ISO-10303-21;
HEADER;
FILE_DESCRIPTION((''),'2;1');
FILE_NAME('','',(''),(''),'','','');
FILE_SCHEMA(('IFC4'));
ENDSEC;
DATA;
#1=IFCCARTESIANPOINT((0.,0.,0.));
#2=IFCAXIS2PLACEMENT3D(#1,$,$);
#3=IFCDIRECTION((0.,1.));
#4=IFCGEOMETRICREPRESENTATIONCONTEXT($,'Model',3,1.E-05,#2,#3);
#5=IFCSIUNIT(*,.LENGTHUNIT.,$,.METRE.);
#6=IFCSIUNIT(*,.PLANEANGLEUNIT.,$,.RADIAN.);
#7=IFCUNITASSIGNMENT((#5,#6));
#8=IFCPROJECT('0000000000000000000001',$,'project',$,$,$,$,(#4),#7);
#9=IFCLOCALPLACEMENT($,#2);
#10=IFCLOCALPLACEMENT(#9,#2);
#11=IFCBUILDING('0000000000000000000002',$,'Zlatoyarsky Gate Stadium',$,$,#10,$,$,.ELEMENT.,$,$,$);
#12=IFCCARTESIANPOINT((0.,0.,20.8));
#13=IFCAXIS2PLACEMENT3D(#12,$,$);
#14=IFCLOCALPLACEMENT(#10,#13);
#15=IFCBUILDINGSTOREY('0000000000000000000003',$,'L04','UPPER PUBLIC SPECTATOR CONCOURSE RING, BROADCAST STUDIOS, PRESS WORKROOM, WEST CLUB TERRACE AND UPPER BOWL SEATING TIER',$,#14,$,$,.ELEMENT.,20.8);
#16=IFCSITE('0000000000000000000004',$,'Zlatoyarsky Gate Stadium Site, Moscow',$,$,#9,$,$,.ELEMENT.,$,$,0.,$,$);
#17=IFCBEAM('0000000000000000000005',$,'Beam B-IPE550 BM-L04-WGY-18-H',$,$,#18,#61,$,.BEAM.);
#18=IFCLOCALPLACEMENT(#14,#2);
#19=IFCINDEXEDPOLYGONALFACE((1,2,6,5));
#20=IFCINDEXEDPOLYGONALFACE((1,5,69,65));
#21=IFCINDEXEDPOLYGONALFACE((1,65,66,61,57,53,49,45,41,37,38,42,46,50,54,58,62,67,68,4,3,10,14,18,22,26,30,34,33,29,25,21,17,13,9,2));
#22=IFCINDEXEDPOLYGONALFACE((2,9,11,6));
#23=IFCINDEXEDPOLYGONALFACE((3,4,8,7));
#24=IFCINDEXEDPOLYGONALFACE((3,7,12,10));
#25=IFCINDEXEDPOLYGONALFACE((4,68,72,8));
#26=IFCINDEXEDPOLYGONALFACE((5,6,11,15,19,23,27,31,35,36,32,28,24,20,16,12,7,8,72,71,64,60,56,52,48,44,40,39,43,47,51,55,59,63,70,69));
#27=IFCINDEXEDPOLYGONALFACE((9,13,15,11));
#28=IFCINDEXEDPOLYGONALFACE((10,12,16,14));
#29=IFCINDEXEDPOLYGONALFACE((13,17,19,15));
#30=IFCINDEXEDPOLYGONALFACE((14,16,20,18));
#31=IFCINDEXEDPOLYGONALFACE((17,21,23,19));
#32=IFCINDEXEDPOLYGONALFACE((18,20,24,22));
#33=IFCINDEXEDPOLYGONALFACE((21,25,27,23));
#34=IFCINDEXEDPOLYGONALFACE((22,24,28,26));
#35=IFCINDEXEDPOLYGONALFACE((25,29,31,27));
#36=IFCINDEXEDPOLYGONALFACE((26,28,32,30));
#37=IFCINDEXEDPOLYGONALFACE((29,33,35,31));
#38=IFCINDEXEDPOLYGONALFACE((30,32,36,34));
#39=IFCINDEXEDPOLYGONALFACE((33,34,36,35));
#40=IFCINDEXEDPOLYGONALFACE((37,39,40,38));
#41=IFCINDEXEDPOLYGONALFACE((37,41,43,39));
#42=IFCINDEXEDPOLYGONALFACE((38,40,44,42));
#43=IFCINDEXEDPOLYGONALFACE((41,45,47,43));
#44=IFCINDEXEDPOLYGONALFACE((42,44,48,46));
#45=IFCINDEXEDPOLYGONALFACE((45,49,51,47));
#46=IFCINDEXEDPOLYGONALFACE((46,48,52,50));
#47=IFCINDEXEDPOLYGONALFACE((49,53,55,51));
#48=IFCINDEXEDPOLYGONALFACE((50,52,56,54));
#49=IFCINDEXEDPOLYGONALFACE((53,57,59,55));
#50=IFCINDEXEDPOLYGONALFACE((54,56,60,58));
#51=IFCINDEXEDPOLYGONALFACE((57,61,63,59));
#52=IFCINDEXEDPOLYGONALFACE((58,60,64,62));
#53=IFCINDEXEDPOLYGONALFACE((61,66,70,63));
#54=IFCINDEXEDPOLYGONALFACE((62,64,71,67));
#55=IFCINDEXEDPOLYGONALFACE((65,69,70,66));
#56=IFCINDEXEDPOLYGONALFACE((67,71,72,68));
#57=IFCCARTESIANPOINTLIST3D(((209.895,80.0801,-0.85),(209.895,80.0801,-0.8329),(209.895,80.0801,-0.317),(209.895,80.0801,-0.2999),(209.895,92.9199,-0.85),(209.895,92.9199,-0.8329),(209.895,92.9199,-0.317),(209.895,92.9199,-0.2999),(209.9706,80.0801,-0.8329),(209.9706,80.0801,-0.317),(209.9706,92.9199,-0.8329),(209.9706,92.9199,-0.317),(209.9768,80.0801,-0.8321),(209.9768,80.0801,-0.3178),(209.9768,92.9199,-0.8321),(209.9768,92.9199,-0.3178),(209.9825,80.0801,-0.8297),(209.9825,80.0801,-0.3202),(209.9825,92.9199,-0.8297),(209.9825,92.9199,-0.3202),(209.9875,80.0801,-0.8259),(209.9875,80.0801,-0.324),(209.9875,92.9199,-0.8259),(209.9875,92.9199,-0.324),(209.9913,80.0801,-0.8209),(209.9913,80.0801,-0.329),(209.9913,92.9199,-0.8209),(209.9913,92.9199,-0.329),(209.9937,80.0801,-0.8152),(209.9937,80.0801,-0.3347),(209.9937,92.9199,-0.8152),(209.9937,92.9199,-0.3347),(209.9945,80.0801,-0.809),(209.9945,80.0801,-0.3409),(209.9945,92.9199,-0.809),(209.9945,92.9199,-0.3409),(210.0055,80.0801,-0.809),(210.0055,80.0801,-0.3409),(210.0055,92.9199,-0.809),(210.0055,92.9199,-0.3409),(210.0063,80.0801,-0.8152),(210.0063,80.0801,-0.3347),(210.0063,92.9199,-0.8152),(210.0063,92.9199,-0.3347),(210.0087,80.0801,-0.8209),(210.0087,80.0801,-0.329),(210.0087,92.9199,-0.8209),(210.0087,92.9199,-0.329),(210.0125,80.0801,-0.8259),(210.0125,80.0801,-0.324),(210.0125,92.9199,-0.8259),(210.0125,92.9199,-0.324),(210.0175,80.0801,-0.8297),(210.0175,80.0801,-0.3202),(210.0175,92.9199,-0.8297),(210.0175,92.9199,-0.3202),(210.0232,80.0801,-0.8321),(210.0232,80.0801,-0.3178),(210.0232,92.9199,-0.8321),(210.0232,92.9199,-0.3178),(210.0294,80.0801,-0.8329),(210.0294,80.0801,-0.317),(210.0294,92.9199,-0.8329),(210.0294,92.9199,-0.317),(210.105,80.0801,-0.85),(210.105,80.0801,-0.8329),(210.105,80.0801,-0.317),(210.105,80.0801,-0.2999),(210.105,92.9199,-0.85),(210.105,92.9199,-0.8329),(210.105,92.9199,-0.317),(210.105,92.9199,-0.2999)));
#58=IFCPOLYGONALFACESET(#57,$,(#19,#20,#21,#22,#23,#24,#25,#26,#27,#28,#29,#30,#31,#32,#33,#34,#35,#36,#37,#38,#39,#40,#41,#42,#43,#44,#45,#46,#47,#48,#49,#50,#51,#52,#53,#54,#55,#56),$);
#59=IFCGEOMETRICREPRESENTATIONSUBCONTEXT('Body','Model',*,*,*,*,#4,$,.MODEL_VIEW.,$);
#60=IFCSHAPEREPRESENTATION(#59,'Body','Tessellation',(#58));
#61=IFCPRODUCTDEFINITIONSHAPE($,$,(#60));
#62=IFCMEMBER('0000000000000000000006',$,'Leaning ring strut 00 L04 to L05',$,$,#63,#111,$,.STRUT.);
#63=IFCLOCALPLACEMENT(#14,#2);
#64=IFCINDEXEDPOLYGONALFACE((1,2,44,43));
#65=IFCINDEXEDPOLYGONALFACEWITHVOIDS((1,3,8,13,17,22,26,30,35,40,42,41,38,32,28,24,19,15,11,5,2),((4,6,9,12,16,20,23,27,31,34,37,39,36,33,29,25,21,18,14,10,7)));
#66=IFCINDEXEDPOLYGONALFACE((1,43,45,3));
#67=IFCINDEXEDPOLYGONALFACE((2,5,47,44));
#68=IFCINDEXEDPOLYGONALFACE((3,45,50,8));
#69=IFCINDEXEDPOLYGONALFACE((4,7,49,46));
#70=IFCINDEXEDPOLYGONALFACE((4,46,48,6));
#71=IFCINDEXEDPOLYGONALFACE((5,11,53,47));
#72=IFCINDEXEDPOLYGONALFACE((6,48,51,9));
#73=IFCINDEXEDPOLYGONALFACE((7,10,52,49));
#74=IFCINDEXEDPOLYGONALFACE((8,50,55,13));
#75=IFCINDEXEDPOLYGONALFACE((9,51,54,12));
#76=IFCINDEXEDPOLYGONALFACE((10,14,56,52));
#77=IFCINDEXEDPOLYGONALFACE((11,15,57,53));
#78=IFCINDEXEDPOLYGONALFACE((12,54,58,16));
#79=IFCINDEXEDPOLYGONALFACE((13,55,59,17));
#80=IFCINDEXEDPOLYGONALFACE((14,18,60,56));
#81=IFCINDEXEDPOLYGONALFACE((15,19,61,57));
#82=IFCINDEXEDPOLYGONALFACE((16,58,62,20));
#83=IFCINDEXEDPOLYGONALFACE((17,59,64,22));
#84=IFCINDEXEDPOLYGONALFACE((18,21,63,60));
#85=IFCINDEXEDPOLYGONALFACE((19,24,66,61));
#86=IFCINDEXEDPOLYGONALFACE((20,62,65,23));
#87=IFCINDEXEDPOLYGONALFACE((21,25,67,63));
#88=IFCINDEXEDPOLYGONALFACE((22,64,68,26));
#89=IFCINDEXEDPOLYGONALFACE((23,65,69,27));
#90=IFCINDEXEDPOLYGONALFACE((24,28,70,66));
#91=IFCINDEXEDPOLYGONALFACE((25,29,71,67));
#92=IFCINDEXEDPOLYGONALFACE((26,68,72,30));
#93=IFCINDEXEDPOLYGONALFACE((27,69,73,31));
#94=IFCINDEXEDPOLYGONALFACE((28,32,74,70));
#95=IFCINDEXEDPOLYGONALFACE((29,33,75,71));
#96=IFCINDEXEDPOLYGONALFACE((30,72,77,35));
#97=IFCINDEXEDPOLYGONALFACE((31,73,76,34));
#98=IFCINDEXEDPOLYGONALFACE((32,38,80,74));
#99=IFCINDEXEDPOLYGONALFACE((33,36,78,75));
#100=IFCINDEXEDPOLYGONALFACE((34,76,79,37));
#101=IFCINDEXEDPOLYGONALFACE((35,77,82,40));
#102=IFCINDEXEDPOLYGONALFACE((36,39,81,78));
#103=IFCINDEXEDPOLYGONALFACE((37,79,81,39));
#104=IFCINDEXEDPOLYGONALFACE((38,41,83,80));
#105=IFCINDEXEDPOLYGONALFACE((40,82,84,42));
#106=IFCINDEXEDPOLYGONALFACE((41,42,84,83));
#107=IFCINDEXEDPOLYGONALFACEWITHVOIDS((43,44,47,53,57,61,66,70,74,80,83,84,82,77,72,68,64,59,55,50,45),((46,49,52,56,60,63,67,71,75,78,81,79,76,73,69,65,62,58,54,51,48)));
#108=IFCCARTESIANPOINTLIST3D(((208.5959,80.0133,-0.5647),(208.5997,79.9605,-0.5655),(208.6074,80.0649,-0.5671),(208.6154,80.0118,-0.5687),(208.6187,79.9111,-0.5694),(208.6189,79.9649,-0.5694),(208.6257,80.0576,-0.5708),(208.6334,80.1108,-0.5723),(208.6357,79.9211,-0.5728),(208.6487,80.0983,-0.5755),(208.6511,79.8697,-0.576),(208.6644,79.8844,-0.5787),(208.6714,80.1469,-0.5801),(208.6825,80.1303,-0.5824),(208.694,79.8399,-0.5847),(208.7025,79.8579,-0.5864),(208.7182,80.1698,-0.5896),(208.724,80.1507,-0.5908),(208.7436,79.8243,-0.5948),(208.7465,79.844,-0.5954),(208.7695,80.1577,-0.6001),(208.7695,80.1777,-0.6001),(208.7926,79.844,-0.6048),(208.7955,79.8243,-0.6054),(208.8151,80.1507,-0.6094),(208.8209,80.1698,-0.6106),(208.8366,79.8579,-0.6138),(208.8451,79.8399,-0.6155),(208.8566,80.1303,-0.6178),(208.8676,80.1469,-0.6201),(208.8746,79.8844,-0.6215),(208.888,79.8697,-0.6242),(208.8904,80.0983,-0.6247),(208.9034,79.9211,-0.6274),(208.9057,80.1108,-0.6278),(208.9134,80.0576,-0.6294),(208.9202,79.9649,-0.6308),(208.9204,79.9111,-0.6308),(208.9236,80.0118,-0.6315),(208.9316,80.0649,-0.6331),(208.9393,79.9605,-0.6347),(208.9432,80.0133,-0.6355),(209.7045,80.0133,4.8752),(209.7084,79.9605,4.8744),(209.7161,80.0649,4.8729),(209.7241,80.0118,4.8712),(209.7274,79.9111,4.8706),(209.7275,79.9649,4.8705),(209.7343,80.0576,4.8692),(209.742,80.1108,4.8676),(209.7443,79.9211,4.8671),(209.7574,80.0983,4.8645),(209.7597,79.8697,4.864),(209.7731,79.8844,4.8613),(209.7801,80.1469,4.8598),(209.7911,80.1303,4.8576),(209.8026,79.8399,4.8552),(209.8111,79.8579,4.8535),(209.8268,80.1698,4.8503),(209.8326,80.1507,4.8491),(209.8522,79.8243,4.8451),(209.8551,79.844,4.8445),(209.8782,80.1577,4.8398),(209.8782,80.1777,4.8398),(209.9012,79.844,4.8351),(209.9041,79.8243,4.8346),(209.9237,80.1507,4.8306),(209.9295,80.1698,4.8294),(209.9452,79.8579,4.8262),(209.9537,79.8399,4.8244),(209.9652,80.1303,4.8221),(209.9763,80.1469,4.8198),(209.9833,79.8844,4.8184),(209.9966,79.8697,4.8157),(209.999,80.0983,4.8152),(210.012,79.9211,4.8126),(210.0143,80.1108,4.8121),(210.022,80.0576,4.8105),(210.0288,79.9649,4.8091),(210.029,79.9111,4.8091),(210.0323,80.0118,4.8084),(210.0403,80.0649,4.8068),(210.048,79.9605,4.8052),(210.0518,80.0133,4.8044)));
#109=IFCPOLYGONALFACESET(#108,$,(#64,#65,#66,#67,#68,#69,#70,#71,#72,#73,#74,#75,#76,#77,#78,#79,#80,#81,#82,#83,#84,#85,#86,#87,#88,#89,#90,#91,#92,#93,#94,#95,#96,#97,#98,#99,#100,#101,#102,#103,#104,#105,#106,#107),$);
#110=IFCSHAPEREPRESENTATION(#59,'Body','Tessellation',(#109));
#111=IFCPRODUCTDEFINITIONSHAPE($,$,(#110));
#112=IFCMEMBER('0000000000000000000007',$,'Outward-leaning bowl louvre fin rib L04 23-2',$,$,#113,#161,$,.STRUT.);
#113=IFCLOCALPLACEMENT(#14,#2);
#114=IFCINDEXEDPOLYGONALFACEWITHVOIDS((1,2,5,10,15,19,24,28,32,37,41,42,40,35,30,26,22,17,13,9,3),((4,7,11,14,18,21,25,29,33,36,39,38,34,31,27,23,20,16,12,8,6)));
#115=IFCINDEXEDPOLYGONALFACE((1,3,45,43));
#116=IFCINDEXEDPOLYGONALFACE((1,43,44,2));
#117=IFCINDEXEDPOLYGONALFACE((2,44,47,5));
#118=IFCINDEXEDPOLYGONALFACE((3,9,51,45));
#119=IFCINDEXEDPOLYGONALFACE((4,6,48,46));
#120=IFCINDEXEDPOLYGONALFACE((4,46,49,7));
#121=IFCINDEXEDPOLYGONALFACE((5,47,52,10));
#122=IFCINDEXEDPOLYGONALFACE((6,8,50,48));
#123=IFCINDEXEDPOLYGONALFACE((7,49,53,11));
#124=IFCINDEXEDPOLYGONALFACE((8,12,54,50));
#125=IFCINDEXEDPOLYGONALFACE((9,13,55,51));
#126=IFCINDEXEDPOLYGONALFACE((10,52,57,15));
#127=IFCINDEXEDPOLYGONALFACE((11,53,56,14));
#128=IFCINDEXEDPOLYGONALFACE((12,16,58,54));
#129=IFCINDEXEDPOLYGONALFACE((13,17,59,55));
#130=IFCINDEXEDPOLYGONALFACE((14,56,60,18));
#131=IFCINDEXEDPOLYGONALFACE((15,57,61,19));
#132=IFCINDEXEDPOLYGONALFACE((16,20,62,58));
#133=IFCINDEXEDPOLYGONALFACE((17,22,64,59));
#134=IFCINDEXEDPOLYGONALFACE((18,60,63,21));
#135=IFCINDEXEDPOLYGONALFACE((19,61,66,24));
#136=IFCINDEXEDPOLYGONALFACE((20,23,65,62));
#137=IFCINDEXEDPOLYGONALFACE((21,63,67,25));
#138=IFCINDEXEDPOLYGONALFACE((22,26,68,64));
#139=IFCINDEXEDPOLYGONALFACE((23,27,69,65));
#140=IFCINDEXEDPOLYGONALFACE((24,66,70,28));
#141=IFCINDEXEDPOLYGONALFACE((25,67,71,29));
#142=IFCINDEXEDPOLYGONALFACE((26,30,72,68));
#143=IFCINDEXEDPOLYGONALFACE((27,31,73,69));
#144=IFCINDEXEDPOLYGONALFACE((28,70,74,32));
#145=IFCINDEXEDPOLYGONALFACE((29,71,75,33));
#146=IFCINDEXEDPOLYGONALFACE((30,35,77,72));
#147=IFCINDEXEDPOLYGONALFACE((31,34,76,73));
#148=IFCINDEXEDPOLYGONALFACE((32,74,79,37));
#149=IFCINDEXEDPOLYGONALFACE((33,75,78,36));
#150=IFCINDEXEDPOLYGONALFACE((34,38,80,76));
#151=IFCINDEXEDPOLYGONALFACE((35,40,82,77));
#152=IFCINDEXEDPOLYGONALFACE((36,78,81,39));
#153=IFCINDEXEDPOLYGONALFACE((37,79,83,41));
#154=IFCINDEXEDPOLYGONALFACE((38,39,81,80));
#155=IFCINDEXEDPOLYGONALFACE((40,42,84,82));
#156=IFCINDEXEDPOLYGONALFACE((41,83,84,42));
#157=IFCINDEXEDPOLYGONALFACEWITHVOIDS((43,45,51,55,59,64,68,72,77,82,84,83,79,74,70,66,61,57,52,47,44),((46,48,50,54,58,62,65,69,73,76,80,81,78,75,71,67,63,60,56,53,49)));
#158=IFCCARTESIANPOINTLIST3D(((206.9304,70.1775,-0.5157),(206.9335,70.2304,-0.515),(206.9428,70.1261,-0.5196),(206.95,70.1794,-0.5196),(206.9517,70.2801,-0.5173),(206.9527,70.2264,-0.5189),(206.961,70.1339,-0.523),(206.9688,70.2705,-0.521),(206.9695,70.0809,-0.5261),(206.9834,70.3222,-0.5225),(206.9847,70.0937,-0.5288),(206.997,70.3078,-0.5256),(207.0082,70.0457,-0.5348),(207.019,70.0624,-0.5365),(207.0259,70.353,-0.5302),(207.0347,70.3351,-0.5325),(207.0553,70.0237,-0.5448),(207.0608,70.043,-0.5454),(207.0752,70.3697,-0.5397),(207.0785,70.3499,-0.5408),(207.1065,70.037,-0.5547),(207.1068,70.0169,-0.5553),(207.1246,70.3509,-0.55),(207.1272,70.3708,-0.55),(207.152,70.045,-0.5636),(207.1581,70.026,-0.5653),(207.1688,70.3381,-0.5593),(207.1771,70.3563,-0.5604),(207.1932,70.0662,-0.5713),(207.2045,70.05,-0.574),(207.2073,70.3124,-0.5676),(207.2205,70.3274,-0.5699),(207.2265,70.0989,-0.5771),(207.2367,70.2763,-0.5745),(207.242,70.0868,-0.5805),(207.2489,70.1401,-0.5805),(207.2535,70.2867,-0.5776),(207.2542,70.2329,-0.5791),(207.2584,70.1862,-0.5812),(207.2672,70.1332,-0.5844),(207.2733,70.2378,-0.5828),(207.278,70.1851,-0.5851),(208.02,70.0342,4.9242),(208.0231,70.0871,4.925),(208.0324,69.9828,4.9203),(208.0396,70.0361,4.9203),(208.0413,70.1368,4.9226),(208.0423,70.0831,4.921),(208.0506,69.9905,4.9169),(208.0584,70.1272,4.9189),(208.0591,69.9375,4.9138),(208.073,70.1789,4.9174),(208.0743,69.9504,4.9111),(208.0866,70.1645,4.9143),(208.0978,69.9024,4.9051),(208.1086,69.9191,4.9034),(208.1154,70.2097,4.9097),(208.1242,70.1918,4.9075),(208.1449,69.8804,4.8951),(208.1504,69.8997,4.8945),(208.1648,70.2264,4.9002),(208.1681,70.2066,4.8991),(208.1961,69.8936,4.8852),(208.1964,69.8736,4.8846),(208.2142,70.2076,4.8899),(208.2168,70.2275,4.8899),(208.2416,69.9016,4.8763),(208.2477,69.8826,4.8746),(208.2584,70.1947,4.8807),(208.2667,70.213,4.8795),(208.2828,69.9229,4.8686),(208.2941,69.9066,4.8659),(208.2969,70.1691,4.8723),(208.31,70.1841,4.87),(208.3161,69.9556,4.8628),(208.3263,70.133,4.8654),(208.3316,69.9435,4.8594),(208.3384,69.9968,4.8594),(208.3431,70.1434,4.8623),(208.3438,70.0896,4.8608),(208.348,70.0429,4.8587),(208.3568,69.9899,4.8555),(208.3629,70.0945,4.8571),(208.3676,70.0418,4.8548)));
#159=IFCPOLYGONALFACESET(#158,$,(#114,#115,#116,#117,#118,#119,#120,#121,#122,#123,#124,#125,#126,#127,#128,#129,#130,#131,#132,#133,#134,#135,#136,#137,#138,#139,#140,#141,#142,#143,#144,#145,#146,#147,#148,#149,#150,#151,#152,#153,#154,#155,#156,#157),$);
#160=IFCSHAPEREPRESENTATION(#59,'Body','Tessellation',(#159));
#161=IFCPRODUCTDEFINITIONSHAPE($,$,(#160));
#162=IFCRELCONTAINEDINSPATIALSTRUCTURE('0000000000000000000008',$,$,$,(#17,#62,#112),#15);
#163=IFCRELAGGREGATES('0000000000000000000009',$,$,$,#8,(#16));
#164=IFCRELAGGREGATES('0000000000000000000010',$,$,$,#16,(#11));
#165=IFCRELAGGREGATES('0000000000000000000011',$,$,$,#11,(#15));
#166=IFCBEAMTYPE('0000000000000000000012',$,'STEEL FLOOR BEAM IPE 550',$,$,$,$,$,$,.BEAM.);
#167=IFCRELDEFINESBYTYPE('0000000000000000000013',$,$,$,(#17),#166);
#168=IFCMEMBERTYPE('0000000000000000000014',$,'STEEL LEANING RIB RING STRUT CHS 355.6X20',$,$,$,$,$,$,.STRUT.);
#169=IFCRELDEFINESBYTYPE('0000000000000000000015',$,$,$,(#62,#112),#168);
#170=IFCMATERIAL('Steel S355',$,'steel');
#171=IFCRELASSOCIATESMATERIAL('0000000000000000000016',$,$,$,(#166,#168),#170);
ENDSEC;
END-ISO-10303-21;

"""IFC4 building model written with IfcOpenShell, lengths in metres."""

from ifc_helpers import new_model, si_unit, direction, frame, origin, origin_2d, place, context, subcontext, project, spatial, hollow_circle, i_section, extrude, material, material_profile, profile_set, type_object, element, save


model = new_model("IFC4")

# Units and contexts
model_context = context("Model", 3, precision=1e-05, world=origin(), true_north=direction((0.0, 1.0)))
body_context = subcontext(model_context, "Body", "Model", "MODEL_VIEW")
ifc_project = project(units=[si_unit("LENGTHUNIT", "METRE"), si_unit("PLANEANGLEUNIT", "RADIAN")], contexts=[model_context])

# Site, building, storey
site_placement = place(None, origin())
site = spatial("IfcSite", under=ifc_project, at=site_placement, Name="Zlatoyarsky Gate Stadium Site, Moscow", CompositionType="ELEMENT", RefElevation=0.0)
building_placement = place(site_placement, origin())
building = spatial("IfcBuilding", under=site, at=building_placement, Name="Zlatoyarsky Gate Stadium", CompositionType="ELEMENT")
storey_placement = place(building_placement, frame((0.0, 0.0, 20.8)))
storey = spatial("IfcBuildingStorey", under=building, at=storey_placement, Name="L04", Description="UPPER PUBLIC SPECTATOR CONCOURSE RING, BROADCAST STUDIOS, PRESS WORKROOM, WEST CLUB TERRACE AND UPPER BOWL SEATING TIER", CompositionType="ELEMENT", Elevation=20.8)

# Shared definitions
ifc_material_1 = material(Name="Steel S355", Category="steel")

# Beam
ifc_material_profile_1 = material_profile(ifc_material_1, i_section(OverallWidth=0.21, OverallDepth=0.55, WebThickness=0.011, FlangeThickness=0.0171, FilletRadius=0.0239, at=origin_2d()), Name="IPE 550")
ifc_profile_set_1 = profile_set([ifc_material_profile_1], Name="Steel S355")
beam_type_1 = type_object("IfcBeamType", Name="STEEL FLOOR BEAM IPE 550", PredefinedType="BEAM", material=ifc_profile_set_1)
beam_1_placement = place(storey_placement, frame((210.0, 80.0801, -0.575), z_axis=(0.0, 1.0, 0.0), x_axis=(-1.0, 0.0, 0.0)))
element("IfcBeam", 1, at=beam_1_placement, inside=storey, type_object=beam_type_1, Name="Beam B-IPE550 BM-L04-WGY-18-H", PredefinedType="BEAM", context=body_context, shape_type="SweptSolid", body=[
    extrude(i_section(OverallWidth=0.21, OverallDepth=0.55, WebThickness=0.011, FlangeThickness=0.0171, FilletRadius=0.0239, at=origin_2d()), origin(), (0.0, 0.0, 1.0), 12.8398),
])

# Members
ifc_material_profile_2 = material_profile(ifc_material_1, hollow_circle(Radius=0.1777, WallThickness=0.02, at=origin_2d()), Name="CHS 355.6X20")
ifc_profile_set_2 = profile_set([ifc_material_profile_2], Name="Steel S355")
member_type_1 = type_object("IfcMemberType", Name="STEEL LEANING RIB RING STRUT CHS 355.6X20", PredefinedType="STRUT", material=ifc_profile_set_2)
member_1_placement = place(storey_placement, frame((208.7695, 80.0, -0.6001), z_axis=(0.199692, 0.0, 0.979859), x_axis=(0.0, 1.0, 0.0)))
element("IfcMember", 2, at=member_1_placement, inside=storey, type_object=member_type_1, Name="Leaning ring strut 00 L04 to L05", PredefinedType="STRUT", context=body_context, shape_type="SweptSolid", body=[
    extrude(hollow_circle(Radius=0.1777, WallThickness=0.02, at=origin_2d()), origin(), (0.0, 0.0, 1.0), 5.5518),
])
member_2_placement = place(storey_placement, frame((207.104, 70.1946, -0.55), z_axis=(0.19633, -0.025822, 0.980198), x_axis=(0.130403, 0.991461, 0.0)))
element("IfcMember", 3, at=member_2_placement, inside=storey, type_object=member_type_1, Name="Outward-leaning bowl louvre fin rib L04 23-2", PredefinedType="STRUT", context=body_context, shape_type="SweptSolid", body=[
    extrude(hollow_circle(Radius=0.1777, WallThickness=0.02, at=origin_2d()), origin(), (0.0, 0.0, 1.0), 5.5498),
])

save(model, "model.ifc")
